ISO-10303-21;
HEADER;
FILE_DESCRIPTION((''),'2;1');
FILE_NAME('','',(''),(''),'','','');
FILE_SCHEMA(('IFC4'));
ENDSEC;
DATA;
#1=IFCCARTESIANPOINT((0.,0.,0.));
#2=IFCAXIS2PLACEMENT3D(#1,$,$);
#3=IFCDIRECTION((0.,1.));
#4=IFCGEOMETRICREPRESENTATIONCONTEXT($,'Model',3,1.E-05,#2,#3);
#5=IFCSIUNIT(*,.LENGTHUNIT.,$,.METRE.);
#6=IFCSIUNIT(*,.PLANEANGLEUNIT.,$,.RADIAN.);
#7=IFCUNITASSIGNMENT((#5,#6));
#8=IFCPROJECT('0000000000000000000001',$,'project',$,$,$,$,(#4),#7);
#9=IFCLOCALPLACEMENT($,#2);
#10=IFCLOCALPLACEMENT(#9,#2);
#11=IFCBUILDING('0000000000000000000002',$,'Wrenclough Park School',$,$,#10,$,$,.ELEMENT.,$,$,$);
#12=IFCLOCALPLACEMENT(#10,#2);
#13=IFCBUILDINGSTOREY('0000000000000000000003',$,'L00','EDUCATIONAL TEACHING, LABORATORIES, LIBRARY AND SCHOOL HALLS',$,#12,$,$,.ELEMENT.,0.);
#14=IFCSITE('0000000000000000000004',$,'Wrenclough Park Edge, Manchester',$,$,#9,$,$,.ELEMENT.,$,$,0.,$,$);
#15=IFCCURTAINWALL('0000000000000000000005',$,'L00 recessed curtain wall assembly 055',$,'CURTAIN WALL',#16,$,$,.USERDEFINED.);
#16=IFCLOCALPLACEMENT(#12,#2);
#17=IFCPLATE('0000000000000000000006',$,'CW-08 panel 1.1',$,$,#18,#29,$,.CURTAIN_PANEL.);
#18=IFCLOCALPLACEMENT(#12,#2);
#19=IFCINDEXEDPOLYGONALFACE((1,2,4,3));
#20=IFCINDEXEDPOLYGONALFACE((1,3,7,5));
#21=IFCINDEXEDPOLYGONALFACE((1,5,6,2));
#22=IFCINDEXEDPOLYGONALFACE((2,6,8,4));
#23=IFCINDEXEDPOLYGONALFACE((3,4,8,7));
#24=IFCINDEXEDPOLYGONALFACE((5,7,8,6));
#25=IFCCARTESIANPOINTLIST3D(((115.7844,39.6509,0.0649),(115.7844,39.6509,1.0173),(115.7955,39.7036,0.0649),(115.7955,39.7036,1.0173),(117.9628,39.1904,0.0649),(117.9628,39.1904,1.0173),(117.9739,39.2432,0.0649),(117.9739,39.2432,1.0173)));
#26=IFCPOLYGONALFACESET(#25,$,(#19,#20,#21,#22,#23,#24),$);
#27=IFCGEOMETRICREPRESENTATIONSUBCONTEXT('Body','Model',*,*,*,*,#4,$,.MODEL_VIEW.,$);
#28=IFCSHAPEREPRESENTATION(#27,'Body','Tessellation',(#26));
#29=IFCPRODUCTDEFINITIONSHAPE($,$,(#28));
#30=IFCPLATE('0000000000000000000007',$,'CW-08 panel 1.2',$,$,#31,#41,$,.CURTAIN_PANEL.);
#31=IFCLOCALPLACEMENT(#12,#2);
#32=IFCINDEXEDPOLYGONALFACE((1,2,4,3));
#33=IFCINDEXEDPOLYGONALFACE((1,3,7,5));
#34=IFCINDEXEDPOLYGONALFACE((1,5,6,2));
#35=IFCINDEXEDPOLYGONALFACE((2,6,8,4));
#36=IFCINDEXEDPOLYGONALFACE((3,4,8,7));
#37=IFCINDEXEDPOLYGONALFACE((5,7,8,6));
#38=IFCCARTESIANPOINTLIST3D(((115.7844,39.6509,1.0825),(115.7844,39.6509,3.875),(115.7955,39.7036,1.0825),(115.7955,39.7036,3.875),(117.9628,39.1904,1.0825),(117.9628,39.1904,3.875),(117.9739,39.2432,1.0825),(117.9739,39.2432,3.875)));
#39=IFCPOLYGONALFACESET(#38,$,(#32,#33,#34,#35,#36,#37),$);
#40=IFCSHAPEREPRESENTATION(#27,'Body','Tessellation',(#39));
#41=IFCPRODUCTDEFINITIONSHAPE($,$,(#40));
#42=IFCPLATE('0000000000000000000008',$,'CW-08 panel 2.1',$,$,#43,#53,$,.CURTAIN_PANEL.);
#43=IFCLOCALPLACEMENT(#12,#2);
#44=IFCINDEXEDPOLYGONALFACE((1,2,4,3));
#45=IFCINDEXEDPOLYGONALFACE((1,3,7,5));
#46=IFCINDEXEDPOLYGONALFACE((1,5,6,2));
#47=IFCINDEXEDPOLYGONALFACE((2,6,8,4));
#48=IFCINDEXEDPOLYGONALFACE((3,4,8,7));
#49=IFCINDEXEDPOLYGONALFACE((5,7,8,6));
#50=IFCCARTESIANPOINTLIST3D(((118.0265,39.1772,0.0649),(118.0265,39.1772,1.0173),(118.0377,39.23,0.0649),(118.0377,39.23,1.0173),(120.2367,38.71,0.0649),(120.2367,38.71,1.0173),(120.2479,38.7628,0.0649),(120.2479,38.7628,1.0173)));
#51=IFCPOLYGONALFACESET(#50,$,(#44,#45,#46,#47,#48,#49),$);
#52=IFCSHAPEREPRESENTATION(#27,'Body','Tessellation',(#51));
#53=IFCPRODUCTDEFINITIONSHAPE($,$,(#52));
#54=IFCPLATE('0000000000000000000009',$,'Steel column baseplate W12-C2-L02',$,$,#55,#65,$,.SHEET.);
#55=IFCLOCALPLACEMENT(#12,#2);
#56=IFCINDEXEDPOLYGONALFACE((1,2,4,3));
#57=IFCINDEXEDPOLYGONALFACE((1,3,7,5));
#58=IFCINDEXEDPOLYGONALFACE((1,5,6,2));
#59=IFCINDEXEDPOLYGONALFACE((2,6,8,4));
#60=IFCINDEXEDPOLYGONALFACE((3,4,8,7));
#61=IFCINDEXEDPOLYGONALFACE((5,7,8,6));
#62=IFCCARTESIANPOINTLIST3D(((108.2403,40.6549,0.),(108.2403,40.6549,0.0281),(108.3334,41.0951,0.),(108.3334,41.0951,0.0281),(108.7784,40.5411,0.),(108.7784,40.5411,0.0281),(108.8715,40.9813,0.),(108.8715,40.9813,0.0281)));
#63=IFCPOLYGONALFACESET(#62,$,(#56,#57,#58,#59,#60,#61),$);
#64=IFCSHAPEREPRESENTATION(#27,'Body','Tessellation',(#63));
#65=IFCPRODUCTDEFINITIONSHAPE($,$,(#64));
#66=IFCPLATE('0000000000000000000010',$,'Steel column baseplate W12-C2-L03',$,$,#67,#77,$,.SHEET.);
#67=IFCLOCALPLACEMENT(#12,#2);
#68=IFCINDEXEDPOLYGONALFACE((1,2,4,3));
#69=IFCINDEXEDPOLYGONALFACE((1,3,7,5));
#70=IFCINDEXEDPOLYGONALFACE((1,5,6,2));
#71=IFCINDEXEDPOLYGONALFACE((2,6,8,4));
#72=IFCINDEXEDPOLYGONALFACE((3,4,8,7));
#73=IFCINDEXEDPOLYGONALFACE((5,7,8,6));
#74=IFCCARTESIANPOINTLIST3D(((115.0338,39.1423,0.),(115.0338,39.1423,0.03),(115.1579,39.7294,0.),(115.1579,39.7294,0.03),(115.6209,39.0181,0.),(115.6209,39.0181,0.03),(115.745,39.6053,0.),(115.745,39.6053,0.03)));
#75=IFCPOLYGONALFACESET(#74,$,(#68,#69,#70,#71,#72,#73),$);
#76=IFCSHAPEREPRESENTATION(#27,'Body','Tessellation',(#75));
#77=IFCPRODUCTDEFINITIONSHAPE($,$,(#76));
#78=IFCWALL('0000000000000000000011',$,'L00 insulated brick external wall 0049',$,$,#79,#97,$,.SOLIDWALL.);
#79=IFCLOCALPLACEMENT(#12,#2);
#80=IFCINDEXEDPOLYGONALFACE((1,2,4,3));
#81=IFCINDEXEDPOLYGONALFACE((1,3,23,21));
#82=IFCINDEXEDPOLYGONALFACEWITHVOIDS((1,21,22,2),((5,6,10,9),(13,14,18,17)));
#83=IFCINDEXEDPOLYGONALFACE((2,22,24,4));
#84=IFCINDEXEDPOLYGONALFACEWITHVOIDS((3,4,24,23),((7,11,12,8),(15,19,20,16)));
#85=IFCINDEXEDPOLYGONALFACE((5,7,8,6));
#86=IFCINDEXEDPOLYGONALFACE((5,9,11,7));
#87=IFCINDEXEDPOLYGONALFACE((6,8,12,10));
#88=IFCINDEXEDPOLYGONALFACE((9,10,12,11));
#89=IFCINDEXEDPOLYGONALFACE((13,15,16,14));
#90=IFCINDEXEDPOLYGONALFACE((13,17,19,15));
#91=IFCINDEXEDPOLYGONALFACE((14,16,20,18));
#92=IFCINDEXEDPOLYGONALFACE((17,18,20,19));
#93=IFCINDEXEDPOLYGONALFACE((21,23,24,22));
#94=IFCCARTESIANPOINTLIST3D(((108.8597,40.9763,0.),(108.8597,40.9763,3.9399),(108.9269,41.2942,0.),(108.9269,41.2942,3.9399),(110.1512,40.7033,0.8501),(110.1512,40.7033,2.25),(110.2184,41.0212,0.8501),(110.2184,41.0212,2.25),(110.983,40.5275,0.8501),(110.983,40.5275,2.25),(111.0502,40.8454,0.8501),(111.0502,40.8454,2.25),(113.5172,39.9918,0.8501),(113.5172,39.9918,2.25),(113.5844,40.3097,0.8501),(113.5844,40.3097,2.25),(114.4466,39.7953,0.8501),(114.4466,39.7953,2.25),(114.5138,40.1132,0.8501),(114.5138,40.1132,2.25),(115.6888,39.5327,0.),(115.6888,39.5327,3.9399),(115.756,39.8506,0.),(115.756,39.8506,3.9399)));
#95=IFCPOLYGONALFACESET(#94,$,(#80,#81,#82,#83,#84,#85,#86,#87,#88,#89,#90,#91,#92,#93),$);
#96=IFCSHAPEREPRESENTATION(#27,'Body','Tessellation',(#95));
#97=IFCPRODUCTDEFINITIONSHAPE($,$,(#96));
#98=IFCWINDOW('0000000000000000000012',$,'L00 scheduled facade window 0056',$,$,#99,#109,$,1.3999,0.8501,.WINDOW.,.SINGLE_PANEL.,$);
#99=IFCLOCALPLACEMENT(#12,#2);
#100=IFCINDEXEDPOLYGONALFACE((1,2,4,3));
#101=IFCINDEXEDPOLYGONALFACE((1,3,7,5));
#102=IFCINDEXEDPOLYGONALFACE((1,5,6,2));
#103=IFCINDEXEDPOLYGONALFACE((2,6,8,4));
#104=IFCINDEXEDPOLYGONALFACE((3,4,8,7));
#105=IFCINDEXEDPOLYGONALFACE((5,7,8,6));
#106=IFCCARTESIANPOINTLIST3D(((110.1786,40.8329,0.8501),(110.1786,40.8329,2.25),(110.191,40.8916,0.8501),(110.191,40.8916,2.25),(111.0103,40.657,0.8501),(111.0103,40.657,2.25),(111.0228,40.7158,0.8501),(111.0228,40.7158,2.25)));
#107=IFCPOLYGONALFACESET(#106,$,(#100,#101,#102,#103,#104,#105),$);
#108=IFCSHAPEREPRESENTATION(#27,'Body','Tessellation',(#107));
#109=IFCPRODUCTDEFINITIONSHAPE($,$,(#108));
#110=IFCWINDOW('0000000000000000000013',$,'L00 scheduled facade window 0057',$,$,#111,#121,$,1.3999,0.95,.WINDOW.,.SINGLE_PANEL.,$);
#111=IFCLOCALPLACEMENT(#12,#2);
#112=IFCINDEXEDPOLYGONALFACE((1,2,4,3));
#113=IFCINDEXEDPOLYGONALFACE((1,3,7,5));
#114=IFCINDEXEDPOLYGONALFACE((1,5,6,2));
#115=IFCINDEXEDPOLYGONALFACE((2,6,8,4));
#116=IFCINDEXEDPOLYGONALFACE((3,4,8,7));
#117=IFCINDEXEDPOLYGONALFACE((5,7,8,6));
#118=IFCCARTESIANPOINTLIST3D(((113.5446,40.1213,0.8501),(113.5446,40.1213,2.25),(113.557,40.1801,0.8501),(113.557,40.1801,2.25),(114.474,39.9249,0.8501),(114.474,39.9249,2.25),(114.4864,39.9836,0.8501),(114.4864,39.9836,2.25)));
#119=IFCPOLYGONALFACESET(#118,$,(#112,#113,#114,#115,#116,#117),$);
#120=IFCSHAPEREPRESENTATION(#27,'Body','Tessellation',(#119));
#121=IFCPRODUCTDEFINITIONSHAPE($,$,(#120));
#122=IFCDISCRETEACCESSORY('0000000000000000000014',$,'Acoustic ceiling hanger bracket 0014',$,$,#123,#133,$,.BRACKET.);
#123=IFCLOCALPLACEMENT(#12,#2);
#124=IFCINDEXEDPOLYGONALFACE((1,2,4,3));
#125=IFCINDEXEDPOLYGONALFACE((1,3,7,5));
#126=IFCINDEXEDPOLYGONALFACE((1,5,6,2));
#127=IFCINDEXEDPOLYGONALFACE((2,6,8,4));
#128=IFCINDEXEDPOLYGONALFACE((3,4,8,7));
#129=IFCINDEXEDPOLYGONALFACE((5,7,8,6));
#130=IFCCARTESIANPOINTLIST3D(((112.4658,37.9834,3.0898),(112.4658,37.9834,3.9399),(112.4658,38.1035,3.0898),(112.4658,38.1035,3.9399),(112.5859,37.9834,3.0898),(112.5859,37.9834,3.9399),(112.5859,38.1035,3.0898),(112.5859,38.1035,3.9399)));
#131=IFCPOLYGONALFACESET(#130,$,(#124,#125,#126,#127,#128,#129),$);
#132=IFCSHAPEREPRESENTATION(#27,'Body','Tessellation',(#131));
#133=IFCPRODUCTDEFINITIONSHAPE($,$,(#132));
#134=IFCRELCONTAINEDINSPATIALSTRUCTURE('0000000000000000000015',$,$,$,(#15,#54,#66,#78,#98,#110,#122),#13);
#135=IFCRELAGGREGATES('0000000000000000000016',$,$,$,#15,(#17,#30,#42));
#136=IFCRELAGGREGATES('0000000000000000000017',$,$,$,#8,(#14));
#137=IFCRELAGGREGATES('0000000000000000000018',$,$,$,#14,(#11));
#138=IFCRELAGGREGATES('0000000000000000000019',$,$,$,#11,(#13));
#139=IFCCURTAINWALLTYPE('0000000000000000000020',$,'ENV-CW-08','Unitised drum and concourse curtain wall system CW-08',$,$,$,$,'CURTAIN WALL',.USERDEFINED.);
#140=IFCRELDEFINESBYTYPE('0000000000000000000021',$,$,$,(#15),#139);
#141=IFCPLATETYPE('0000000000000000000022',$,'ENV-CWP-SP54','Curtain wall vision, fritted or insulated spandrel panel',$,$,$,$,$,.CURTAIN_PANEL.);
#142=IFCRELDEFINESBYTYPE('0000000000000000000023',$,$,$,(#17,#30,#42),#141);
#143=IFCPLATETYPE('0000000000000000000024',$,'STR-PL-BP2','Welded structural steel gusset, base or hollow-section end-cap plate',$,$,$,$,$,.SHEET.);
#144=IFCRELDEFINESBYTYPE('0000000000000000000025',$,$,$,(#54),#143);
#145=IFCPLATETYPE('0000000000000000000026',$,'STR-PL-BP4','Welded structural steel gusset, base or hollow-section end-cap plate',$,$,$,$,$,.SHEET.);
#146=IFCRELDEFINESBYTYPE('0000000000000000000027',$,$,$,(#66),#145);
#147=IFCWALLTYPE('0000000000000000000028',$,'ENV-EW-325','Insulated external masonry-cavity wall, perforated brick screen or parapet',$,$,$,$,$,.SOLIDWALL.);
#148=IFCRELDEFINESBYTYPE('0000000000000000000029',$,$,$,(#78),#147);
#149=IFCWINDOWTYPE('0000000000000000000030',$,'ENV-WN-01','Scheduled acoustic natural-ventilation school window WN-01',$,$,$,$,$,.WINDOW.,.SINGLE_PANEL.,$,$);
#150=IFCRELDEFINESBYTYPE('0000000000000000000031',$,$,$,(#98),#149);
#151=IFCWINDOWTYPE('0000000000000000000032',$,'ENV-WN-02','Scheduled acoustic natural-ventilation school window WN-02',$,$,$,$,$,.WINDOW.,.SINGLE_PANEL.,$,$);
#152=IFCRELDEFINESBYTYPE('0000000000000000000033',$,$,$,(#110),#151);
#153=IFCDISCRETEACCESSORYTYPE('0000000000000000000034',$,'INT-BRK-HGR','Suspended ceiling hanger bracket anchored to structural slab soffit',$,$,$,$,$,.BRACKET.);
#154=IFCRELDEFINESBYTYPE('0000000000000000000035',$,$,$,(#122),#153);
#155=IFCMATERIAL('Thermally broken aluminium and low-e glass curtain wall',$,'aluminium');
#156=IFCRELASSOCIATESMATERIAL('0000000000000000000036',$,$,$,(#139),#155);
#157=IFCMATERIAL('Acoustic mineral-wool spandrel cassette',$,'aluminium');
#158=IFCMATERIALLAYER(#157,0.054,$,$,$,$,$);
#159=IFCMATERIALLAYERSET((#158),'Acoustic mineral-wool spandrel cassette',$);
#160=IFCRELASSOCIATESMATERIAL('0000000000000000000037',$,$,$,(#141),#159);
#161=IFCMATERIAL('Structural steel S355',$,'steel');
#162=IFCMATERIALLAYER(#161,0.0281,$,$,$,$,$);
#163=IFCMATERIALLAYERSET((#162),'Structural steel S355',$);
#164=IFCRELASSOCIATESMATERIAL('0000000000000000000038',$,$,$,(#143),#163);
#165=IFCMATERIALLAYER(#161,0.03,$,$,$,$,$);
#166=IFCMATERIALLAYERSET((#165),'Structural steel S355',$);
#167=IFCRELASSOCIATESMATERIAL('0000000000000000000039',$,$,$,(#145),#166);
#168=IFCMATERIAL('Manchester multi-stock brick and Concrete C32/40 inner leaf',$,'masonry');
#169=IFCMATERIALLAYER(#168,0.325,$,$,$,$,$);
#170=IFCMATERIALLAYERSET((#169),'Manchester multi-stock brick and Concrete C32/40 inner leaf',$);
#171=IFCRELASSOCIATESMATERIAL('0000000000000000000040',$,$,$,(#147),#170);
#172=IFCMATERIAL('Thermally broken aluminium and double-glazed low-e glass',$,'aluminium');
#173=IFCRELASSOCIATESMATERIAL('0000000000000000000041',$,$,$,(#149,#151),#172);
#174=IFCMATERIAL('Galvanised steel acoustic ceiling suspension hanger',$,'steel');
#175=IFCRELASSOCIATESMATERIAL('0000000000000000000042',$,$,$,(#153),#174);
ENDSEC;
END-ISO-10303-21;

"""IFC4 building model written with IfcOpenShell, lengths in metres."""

from ifc_helpers import new_model, si_unit, direction, frame, frame_2d, origin, origin_2d, place, context, subcontext, project, spatial, rectangle, extrude, material, layer, layer_set, type_object, element, fill, aggregate, save


model = new_model("IFC4")

# Units and contexts
model_context = context("Model", 3, precision=1e-05, world=origin(), true_north=direction((0.0, 1.0)))
body_context = subcontext(model_context, "Body", "Model", "MODEL_VIEW")
ifc_project = project(units=[si_unit("LENGTHUNIT", "METRE"), si_unit("PLANEANGLEUNIT", "RADIAN")], contexts=[model_context])

# Site, building, storey
site_placement = place(None, origin())
site = spatial("IfcSite", under=ifc_project, at=site_placement, Name="Wrenclough Park Edge, Manchester", CompositionType="ELEMENT", RefElevation=0.0)
building_placement = place(site_placement, origin())
building = spatial("IfcBuilding", under=site, at=building_placement, Name="Wrenclough Park School", CompositionType="ELEMENT")
storey_placement = place(building_placement, origin())
storey = spatial("IfcBuildingStorey", under=building, at=storey_placement, Name="L00", Description="EDUCATIONAL TEACHING, LABORATORIES, LIBRARY AND SCHOOL HALLS", CompositionType="ELEMENT", Elevation=0.0)

# Shared definitions
ifc_material_1 = material(Name="Structural steel S355", Category="steel")

# Shared definitions
ifc_material_2 = material(Name="Thermally broken aluminium and low-e glass curtain wall", Category="aluminium")

# Curtain wall
curtain_wall_type_1 = type_object("IfcCurtainWallType", Name="ENV-CW-08", Description="Unitised drum and concourse curtain wall system CW-08", ElementType="CURTAIN WALL", PredefinedType="USERDEFINED", material=ifc_material_2)
curtain_wall_1_placement = place(storey_placement, origin())
curtain_wall_1 = element("IfcCurtainWall", 1, at=curtain_wall_1_placement, inside=storey, type_object=curtain_wall_type_1, Name="L00 recessed curtain wall assembly 055", ObjectType="CURTAIN WALL", PredefinedType="USERDEFINED")

# Plates
ifc_material_3 = material(Name="Acoustic mineral-wool spandrel cassette", Category="aluminium")
ifc_layer_1 = layer(ifc_material_3, 0.054)
ifc_layer_set_1 = layer_set([ifc_layer_1], Name="Acoustic mineral-wool spandrel cassette")
plate_type_1 = type_object("IfcPlateType", Name="ENV-CWP-SP54", Description="Curtain wall vision, fritted or insulated spandrel panel", PredefinedType="CURTAIN_PANEL", material=ifc_layer_set_1)
plate_1_placement = place(storey_placement, frame((116.8792, 39.447, 0.0649), z_axis=(0.0, 0.0, 1.0), x_axis=(0.978382, -0.206806, 0.0)))
plate_1 = element("IfcPlate", 2, at=plate_1_placement, type_object=plate_type_1, Name="CW-08 panel 1.1", PredefinedType="CURTAIN_PANEL", context=body_context, shape_type="SweptSolid", body=[
    extrude(rectangle(XDim=2.2266, YDim=0.054, at=origin_2d()), origin(), (0.0, 0.0, 1.0), 0.9524),
])
plate_2_placement = place(storey_placement, frame((116.8792, 39.447, 1.0825), z_axis=(0.0, 0.0, 1.0), x_axis=(0.978382, -0.206806, 0.0)))
plate_2 = element("IfcPlate", 3, at=plate_2_placement, type_object=plate_type_1, Name="CW-08 panel 1.2", PredefinedType="CURTAIN_PANEL", context=body_context, shape_type="SweptSolid", body=[
    extrude(rectangle(XDim=2.2266, YDim=0.054, at=origin_2d()), origin(), (0.0, 0.0, 1.0), 2.7925),
])
plate_3_placement = place(storey_placement, frame((119.1372, 38.97, 0.0649), z_axis=(0.0, 0.0, 1.0), x_axis=(0.978382, -0.206806, 0.0)))
plate_3 = element("IfcPlate", 4, at=plate_3_placement, type_object=plate_type_1, Name="CW-08 panel 2.1", PredefinedType="CURTAIN_PANEL", context=body_context, shape_type="SweptSolid", body=[
    extrude(rectangle(XDim=2.259, YDim=0.054, at=origin_2d()), origin(), (0.0, 0.0, 1.0), 0.9524),
])
aggregate(curtain_wall_1, [plate_1, plate_2, plate_3])

# Plates
ifc_layer_2 = layer(ifc_material_1, 0.0281)
ifc_layer_set_2 = layer_set([ifc_layer_2], Name="Structural steel S355")
plate_type_2 = type_object("IfcPlateType", Name="STR-PL-BP2", Description="Welded structural steel gusset, base or hollow-section end-cap plate", PredefinedType="SHEET", material=ifc_layer_set_2)
plate_4_placement = place(storey_placement, frame((108.5559, 40.8181, 0.0), z_axis=(0.0, 0.0, 1.0), x_axis=(0.978365, -0.206887, 0.0)))
element("IfcPlate", 5, at=plate_4_placement, inside=storey, type_object=plate_type_2, Name="Steel column baseplate W12-C2-L02", PredefinedType="SHEET", context=body_context, shape_type="SweptSolid", body=[
    extrude(rectangle(XDim=0.55, YDim=0.45, at=origin_2d()), origin(), (0.0, 0.0, 1.0), 0.0281),
])
ifc_layer_3 = layer(ifc_material_1, 0.03)
ifc_layer_set_3 = layer_set([ifc_layer_3], Name="Structural steel S355")
plate_type_3 = type_object("IfcPlateType", Name="STR-PL-BP4", Description="Welded structural steel gusset, base or hollow-section end-cap plate", PredefinedType="SHEET", material=ifc_layer_set_3)
plate_5_placement = place(storey_placement, frame((115.3894, 39.3738, 0.0), z_axis=(0.0, 0.0, 1.0), x_axis=(0.978365, -0.206887, 0.0)))
element("IfcPlate", 6, at=plate_5_placement, inside=storey, type_object=plate_type_3, Name="Steel column baseplate W12-C2-L03", PredefinedType="SHEET", context=body_context, shape_type="SweptSolid", body=[
    extrude(rectangle(XDim=0.6001, YDim=0.6001, at=origin_2d()), origin(), (0.0, 0.0, 1.0), 0.03),
])

# Wall, openings, windows
ifc_material_4 = material(Name="Manchester multi-stock brick and Concrete C32/40 inner leaf", Category="masonry")
ifc_layer_4 = layer(ifc_material_4, 0.325)
ifc_layer_set_4 = layer_set([ifc_layer_4], Name="Manchester multi-stock brick and Concrete C32/40 inner leaf")
wall_type = type_object("IfcWallType", Name="ENV-EW-325", Description="Insulated external masonry-cavity wall, perforated brick screen or parapet", PredefinedType="SOLIDWALL", material=ifc_layer_set_4)
wall_placement = place(storey_placement, frame((108.8933, 41.1353, 0.0), z_axis=(0.0, 0.0, 1.0), x_axis=(0.978379, -0.20682, 0.0)))
wall = element("IfcWall", 7, at=wall_placement, inside=storey, type_object=wall_type, Name="L00 insulated brick external wall 0049", PredefinedType="SOLIDWALL", context=body_context, shape_type="SweptSolid", body=[
    extrude(rectangle(XDim=6.98, YDim=0.325, at=frame_2d((3.49, 0.0))), origin(), (0.0, 0.0, 1.0), 3.9399),
])
opening_1_placement = place(wall_placement, frame((1.3201, 0.0, 0.8501)))
opening_1 = element("IfcOpeningElement", 8, at=opening_1_placement, cuts=wall, PredefinedType="OPENING", context=body_context, shape_type="SweptSolid", body=[
    extrude(rectangle(XDim=0.8501, YDim=1.3999, at=frame_2d((0.425, 0.7))), frame((0.0, 0.1724, 0.0), z_axis=(0.0, -1.0, 0.0), x_axis=(1.0, 0.0, 0.0)), (0.0, 0.0, 1.0), 0.345),
])
opening_2_placement = place(wall_placement, frame((4.7603, 0.0, 0.8501)))
opening_2 = element("IfcOpeningElement", 9, at=opening_2_placement, cuts=wall, PredefinedType="OPENING", context=body_context, shape_type="SweptSolid", body=[
    extrude(rectangle(XDim=0.95, YDim=1.3999, at=frame_2d((0.4751, 0.7))), frame((0.0, 0.1724, 0.0), z_axis=(0.0, -1.0, 0.0), x_axis=(1.0, 0.0, 0.0)), (0.0, 0.0, 1.0), 0.345),
])
ifc_material_5 = material(Name="Thermally broken aluminium and double-glazed low-e glass", Category="aluminium")
window_type_1 = type_object("IfcWindowType", Name="ENV-WN-01", Description="Scheduled acoustic natural-ventilation school window WN-01", PartitioningType="SINGLE_PANEL", PredefinedType="WINDOW", material=ifc_material_5)
window_1_placement = place(opening_1_placement, origin())
window_1 = element("IfcWindow", 10, at=window_1_placement, inside=storey, type_object=window_type_1, Name="L00 scheduled facade window 0056", OverallHeight=1.3999, OverallWidth=0.8501, PartitioningType="SINGLE_PANEL", PredefinedType="WINDOW", context=body_context, shape_type="SweptSolid", body=[
    extrude(rectangle(XDim=0.8501, YDim=1.3999, at=frame_2d((0.425, 0.7))), frame((0.0, 0.03, 0.0), z_axis=(0.0, -1.0, 0.0), x_axis=(1.0, 0.0, 0.0)), (0.0, 0.0, 1.0), 0.0601),
])
fill(opening_1, window_1)
window_type_2 = type_object("IfcWindowType", Name="ENV-WN-02", Description="Scheduled acoustic natural-ventilation school window WN-02", PartitioningType="SINGLE_PANEL", PredefinedType="WINDOW", material=ifc_material_5)
window_2_placement = place(opening_2_placement, origin())
window_2 = element("IfcWindow", 11, at=window_2_placement, inside=storey, type_object=window_type_2, Name="L00 scheduled facade window 0057", OverallHeight=1.3999, OverallWidth=0.95, PartitioningType="SINGLE_PANEL", PredefinedType="WINDOW", context=body_context, shape_type="SweptSolid", body=[
    extrude(rectangle(XDim=0.95, YDim=1.3999, at=frame_2d((0.4751, 0.7))), frame((0.0, 0.03, 0.0), z_axis=(0.0, -1.0, 0.0), x_axis=(1.0, 0.0, 0.0)), (0.0, 0.0, 1.0), 0.0601),
])
fill(opening_2, window_2)

# Discrete accessory
ifc_material_6 = material(Name="Galvanised steel acoustic ceiling suspension hanger", Category="steel")
discrete_accessory_type = type_object("IfcDiscreteAccessoryType", Name="INT-BRK-HGR", Description="Suspended ceiling hanger bracket anchored to structural slab soffit", PredefinedType="BRACKET", material=ifc_material_6)
discrete_accessory_placement = place(storey_placement, frame((112.5259, 38.0435, 3.0898), z_axis=(0.0, 0.0, 1.0), x_axis=(1.0, 0.0, 0.0)))
element("IfcDiscreteAccessory", 12, at=discrete_accessory_placement, inside=storey, type_object=discrete_accessory_type, Name="Acoustic ceiling hanger bracket 0014", PredefinedType="BRACKET", context=body_context, shape_type="SweptSolid", body=[
    extrude(rectangle(XDim=0.1201, YDim=0.1201, at=origin_2d()), origin(), (0.0, 0.0, 1.0), 0.8501),
])

save(model, "model.ifc")
